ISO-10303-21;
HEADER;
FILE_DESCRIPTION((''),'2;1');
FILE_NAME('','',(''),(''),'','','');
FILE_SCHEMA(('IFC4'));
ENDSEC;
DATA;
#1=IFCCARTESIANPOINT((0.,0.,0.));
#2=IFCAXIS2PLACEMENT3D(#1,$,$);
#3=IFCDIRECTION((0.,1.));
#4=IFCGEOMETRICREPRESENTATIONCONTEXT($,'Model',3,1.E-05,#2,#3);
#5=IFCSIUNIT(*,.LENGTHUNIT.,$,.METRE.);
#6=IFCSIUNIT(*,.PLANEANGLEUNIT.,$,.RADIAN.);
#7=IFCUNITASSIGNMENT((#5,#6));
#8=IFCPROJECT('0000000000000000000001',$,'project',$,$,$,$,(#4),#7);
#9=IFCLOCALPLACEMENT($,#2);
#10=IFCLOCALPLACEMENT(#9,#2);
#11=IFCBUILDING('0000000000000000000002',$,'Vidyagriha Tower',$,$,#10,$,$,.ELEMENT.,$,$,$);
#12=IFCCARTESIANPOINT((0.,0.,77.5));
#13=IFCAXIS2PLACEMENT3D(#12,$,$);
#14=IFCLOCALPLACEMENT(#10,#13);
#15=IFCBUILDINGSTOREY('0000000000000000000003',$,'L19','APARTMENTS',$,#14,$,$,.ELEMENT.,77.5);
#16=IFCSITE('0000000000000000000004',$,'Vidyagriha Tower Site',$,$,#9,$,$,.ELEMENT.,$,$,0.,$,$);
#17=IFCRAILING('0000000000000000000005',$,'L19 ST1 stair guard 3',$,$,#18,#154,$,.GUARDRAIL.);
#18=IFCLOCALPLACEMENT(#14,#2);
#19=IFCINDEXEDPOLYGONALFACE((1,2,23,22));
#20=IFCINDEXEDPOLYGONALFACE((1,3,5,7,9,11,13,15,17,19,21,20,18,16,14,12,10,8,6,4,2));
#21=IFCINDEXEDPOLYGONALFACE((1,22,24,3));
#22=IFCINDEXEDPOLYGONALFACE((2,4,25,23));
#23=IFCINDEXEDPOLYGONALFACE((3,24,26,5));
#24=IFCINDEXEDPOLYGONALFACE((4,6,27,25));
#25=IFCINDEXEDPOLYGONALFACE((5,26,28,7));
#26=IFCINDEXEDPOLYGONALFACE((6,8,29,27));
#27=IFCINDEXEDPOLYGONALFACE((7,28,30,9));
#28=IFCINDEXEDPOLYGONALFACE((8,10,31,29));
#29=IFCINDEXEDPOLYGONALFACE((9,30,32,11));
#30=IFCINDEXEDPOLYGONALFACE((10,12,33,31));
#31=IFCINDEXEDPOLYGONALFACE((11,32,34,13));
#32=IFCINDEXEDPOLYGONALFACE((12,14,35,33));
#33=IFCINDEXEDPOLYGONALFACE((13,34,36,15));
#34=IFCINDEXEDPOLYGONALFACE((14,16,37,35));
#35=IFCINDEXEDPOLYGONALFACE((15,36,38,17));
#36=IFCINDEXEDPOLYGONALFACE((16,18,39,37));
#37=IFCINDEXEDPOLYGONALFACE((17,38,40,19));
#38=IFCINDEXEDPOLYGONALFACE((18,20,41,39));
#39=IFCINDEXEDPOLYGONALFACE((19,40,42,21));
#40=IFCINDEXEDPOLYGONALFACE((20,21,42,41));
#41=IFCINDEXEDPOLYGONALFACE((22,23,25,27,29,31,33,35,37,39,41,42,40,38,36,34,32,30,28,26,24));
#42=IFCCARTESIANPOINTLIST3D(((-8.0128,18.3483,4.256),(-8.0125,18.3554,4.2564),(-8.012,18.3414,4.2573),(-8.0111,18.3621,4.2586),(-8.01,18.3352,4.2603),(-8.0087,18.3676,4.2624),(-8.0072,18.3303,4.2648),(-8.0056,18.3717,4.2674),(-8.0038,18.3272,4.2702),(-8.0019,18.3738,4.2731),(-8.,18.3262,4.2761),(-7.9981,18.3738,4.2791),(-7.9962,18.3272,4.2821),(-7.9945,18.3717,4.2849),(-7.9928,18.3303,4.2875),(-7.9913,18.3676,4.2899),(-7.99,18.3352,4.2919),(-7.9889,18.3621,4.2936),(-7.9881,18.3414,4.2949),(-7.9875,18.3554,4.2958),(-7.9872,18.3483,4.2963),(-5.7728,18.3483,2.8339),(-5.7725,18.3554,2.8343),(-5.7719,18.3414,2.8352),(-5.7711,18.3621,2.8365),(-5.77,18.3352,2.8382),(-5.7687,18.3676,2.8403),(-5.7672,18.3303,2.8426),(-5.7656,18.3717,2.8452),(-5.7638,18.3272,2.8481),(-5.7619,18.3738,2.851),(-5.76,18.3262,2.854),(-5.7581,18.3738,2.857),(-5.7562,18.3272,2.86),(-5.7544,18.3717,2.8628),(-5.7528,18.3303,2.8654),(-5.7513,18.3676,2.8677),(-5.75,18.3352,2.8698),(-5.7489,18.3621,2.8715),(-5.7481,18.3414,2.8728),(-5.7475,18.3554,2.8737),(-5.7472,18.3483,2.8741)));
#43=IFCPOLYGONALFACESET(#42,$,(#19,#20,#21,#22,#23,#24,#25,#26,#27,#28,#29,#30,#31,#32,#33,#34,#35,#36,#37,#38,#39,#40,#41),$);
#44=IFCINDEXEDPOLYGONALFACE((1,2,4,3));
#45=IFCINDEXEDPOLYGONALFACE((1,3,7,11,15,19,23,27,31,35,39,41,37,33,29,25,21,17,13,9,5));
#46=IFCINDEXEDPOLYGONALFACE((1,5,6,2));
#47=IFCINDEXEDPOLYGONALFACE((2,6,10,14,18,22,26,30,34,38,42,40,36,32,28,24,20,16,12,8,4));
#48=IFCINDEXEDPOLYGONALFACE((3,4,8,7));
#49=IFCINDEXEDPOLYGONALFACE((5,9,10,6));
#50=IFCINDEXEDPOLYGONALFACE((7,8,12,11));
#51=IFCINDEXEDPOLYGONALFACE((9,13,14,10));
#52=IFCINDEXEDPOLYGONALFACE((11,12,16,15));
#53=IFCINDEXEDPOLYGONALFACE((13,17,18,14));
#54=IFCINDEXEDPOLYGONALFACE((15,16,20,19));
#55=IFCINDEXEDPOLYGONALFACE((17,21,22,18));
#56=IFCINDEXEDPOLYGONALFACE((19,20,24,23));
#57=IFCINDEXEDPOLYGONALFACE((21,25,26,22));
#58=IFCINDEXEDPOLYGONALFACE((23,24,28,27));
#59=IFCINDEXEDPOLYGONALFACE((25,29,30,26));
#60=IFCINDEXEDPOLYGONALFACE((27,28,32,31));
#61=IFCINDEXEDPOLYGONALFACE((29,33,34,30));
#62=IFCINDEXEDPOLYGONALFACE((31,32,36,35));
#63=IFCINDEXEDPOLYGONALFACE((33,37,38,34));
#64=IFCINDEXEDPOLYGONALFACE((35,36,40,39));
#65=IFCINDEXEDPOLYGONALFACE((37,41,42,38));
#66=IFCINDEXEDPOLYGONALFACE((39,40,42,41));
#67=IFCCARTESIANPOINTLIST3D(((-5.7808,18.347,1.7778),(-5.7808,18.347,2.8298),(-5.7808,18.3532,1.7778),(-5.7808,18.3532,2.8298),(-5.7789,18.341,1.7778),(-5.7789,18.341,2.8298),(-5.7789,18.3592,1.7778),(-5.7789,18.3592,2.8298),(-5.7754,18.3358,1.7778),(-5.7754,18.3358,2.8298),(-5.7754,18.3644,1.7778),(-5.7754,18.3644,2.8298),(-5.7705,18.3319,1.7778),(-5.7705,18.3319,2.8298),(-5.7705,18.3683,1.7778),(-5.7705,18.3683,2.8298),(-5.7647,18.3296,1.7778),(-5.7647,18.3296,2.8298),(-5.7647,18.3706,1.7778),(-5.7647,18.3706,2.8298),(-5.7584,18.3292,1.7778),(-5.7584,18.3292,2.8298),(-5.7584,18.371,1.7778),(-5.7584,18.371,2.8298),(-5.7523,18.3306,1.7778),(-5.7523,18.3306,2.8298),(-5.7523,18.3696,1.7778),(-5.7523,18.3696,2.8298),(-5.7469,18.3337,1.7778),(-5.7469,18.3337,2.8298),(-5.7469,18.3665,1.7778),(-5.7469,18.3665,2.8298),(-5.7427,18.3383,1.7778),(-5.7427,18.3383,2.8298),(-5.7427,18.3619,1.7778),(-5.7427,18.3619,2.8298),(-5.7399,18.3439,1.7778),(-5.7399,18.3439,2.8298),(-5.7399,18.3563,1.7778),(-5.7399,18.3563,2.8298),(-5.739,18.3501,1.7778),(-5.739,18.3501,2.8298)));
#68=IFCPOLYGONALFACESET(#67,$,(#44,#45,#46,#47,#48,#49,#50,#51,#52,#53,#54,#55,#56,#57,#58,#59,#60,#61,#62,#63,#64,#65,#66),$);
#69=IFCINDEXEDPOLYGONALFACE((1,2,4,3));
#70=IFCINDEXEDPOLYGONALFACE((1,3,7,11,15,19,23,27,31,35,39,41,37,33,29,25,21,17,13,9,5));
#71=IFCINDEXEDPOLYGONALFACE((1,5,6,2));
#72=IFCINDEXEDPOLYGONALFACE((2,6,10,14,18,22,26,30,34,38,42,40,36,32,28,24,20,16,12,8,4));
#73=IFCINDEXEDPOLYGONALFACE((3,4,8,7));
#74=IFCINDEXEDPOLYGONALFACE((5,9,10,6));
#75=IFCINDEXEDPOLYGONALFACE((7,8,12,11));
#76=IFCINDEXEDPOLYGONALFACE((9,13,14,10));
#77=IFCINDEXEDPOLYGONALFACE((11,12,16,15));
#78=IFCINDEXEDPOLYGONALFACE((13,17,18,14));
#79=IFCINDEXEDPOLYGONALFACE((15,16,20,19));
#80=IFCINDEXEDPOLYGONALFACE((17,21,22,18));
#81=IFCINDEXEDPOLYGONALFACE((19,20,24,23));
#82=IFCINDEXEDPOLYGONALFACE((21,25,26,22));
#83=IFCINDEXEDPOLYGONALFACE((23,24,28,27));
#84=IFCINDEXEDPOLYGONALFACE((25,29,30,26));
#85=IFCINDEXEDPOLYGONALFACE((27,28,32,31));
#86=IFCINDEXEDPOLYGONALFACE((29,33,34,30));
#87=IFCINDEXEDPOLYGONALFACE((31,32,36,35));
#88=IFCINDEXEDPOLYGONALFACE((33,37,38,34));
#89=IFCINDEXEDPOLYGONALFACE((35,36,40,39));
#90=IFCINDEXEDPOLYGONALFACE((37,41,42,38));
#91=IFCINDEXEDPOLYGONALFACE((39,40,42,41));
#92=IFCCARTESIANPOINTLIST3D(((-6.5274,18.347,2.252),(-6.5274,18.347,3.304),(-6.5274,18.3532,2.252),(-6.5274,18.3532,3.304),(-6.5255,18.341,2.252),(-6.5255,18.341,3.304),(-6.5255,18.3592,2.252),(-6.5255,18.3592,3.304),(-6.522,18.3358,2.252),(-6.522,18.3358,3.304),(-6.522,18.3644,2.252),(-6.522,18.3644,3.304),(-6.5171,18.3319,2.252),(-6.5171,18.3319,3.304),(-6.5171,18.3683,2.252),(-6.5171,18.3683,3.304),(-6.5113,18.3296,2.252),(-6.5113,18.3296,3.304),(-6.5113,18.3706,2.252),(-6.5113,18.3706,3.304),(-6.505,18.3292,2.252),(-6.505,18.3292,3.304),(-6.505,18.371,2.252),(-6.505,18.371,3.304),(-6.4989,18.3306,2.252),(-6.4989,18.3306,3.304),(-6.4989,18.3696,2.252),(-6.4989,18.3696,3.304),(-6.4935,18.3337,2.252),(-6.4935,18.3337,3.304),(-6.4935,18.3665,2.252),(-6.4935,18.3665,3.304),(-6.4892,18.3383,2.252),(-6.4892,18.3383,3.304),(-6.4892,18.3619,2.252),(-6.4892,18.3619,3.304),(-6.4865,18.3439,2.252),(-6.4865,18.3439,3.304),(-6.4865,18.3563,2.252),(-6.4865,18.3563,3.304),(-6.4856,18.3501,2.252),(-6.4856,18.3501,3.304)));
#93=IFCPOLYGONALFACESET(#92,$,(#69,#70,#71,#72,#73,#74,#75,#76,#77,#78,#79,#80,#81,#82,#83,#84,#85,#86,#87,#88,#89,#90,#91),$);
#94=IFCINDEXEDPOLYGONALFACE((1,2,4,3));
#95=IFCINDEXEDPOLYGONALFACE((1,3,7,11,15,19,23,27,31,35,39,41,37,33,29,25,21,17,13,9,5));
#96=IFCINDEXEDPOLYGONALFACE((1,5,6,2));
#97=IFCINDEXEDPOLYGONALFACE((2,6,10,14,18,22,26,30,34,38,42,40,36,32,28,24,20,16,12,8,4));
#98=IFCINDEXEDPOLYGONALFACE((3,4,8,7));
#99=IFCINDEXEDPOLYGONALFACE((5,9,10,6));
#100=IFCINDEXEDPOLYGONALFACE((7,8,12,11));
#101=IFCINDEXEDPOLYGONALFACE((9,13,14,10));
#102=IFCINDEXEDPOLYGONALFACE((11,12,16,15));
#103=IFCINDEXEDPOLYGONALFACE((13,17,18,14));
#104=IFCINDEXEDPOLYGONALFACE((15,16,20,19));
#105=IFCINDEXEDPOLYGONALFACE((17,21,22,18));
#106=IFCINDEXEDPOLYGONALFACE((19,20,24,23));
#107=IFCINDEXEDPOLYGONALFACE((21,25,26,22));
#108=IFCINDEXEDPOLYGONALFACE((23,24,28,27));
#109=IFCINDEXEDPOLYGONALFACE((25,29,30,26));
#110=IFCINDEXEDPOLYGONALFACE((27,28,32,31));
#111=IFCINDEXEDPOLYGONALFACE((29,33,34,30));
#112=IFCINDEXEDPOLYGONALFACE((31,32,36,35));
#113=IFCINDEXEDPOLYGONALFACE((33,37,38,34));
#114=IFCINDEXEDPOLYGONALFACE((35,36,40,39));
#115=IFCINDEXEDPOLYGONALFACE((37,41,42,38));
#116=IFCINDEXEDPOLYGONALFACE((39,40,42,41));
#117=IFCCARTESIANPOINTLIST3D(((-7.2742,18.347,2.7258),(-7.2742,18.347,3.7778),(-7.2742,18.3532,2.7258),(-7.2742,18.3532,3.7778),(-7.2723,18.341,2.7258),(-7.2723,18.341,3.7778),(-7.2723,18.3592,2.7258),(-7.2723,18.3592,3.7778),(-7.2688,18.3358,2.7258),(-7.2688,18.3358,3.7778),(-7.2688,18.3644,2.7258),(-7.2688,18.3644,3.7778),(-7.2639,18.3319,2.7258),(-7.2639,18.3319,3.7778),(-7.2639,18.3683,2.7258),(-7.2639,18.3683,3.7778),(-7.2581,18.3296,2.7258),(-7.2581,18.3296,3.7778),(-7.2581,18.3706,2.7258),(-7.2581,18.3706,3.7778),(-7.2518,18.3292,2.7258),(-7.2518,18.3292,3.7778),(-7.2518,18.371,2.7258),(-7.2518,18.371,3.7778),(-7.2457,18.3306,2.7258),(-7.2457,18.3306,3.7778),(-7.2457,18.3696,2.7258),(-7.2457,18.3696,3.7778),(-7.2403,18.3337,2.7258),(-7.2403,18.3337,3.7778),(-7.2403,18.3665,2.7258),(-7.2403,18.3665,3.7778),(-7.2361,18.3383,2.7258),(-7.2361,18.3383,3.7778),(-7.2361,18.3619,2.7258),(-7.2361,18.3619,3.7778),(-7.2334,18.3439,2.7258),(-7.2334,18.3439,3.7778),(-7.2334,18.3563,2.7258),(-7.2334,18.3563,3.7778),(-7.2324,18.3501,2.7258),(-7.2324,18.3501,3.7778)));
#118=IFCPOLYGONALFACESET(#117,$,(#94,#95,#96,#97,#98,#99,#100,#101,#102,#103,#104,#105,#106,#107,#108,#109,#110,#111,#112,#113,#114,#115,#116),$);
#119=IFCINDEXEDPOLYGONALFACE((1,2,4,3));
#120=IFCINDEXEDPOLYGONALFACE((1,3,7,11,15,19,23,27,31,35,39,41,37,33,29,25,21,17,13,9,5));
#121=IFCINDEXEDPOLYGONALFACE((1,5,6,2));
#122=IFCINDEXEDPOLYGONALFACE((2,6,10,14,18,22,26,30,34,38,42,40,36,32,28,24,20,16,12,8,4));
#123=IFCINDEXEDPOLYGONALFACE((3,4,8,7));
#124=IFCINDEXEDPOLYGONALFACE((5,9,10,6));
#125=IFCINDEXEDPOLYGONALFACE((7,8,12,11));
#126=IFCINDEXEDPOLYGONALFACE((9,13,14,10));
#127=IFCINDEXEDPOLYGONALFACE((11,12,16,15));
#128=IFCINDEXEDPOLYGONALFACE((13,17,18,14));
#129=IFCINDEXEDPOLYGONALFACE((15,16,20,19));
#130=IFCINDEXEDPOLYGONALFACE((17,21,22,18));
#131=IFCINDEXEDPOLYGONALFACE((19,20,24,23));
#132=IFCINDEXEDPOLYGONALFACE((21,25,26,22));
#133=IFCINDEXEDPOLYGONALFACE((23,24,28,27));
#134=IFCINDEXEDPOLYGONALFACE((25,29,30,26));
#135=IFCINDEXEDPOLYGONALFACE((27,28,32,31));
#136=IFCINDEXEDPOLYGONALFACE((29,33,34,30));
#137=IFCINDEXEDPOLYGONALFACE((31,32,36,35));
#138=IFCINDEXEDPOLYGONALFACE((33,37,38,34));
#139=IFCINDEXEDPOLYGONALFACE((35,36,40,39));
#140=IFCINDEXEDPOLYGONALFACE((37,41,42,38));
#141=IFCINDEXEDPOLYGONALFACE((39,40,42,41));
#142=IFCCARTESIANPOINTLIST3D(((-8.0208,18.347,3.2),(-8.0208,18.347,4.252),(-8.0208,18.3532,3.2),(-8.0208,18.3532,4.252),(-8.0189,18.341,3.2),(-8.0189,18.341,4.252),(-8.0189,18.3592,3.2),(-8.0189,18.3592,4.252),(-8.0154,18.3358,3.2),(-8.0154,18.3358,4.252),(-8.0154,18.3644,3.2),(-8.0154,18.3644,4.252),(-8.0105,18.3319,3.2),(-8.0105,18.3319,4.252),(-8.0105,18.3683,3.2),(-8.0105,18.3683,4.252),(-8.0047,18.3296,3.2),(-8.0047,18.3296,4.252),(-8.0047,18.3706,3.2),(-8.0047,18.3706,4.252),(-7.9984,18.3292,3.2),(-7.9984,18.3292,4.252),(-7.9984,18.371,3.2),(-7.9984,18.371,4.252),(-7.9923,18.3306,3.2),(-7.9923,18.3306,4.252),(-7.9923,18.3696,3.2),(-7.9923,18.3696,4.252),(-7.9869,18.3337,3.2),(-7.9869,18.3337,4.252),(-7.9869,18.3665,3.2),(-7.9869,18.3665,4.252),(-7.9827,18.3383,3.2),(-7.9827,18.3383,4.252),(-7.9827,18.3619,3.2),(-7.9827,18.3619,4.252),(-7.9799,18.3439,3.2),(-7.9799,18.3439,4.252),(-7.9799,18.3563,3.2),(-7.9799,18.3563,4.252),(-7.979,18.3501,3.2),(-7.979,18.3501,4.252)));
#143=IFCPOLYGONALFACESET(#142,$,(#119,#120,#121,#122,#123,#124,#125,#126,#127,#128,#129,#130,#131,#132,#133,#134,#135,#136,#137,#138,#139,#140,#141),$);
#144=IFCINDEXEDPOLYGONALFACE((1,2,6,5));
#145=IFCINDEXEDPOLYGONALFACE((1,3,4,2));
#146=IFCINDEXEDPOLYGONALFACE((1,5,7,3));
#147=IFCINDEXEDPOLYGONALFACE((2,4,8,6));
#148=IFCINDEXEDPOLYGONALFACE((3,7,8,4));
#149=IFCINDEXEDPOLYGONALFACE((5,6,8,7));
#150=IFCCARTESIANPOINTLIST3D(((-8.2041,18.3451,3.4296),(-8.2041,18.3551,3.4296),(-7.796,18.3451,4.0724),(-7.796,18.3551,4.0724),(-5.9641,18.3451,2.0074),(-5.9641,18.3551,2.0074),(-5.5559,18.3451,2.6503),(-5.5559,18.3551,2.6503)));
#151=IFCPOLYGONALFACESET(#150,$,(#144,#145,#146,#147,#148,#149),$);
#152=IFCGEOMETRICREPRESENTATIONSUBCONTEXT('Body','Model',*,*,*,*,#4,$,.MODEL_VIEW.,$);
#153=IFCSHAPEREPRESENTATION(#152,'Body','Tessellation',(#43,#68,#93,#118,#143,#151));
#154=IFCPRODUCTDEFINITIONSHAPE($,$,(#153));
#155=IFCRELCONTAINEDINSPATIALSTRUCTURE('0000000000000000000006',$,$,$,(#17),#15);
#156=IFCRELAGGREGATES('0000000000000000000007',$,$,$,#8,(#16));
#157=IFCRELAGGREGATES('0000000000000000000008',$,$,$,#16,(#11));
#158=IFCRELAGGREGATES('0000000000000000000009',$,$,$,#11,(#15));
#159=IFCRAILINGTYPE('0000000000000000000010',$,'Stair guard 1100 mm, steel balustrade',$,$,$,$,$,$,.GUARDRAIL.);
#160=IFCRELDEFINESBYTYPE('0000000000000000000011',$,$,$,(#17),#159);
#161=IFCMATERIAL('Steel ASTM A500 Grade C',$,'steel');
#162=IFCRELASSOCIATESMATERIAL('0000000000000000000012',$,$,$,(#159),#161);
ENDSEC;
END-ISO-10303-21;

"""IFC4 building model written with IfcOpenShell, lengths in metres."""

from ifc_helpers import new_model, si_unit, direction, frame, origin, origin_2d, place, context, subcontext, project, spatial, rectangle, circle, extrude, material, type_object, element, save


model = new_model("IFC4")

# Units and contexts
model_context = context("Model", 3, precision=1e-05, world=origin(), true_north=direction((0.0, 1.0)))
body_context = subcontext(model_context, "Body", "Model", "MODEL_VIEW")
ifc_project = project(units=[si_unit("LENGTHUNIT", "METRE"), si_unit("PLANEANGLEUNIT", "RADIAN")], contexts=[model_context])

# Site, building, storey
site_placement = place(None, origin())
site = spatial("IfcSite", under=ifc_project, at=site_placement, Name="Vidyagriha Tower Site", CompositionType="ELEMENT", RefElevation=0.0)
building_placement = place(site_placement, origin())
building = spatial("IfcBuilding", under=site, at=building_placement, Name="Vidyagriha Tower", CompositionType="ELEMENT")
storey_placement = place(building_placement, frame((0.0, 0.0, 77.5)))
storey = spatial("IfcBuildingStorey", under=building, at=storey_placement, Name="L19", Description="APARTMENTS", CompositionType="ELEMENT", Elevation=77.5)

# Railing
ifc_material_1 = material(Name="Steel ASTM A500 Grade C", Category="steel")
railing_type_1 = type_object("IfcRailingType", Name="Stair guard 1100 mm, steel balustrade", PredefinedType="GUARDRAIL", material=ifc_material_1)
railing_1_placement = place(storey_placement, frame((-5.76, 18.3501, 1.7778)))
element("IfcRailing", 1, at=railing_1_placement, inside=storey, type_object=railing_type_1, Name="L19 ST1 stair guard 3", PredefinedType="GUARDRAIL", context=body_context, shape_type="SweptSolid", body=[
    extrude(circle(Radius=0.0239, at=origin_2d()), frame((0.0, 0.0, 1.0762), z_axis=(-0.844229, 0.0, 0.535982), x_axis=(0.0, -1.0, 0.0)), (0.0, 0.0, 1.0), 2.6533),
    extrude(circle(Radius=0.021, at=origin_2d()), origin(), (0.0, 0.0, 1.0), 1.052),
    extrude(circle(Radius=0.021, at=origin_2d()), frame((-0.7466, 0.0, 0.4741)), (0.0, 0.0, 1.0), 1.052),
    extrude(circle(Radius=0.021, at=origin_2d()), frame((-1.4934, 0.0, 0.948)), (0.0, 0.0, 1.0), 1.052),
    extrude(circle(Radius=0.021, at=origin_2d()), frame((-2.24, 0.0, 1.4221)), (0.0, 0.0, 1.0), 1.052),
    extrude(rectangle(XDim=0.01, YDim=0.7615, at=origin_2d()), frame((0.0, 0.0, 0.551), z_axis=(-0.844229, 0.0, 0.535982), x_axis=(0.0, -1.0, 0.0)), (0.0, 0.0, 1.0), 2.6533),
])

save(model, "model.ifc")
